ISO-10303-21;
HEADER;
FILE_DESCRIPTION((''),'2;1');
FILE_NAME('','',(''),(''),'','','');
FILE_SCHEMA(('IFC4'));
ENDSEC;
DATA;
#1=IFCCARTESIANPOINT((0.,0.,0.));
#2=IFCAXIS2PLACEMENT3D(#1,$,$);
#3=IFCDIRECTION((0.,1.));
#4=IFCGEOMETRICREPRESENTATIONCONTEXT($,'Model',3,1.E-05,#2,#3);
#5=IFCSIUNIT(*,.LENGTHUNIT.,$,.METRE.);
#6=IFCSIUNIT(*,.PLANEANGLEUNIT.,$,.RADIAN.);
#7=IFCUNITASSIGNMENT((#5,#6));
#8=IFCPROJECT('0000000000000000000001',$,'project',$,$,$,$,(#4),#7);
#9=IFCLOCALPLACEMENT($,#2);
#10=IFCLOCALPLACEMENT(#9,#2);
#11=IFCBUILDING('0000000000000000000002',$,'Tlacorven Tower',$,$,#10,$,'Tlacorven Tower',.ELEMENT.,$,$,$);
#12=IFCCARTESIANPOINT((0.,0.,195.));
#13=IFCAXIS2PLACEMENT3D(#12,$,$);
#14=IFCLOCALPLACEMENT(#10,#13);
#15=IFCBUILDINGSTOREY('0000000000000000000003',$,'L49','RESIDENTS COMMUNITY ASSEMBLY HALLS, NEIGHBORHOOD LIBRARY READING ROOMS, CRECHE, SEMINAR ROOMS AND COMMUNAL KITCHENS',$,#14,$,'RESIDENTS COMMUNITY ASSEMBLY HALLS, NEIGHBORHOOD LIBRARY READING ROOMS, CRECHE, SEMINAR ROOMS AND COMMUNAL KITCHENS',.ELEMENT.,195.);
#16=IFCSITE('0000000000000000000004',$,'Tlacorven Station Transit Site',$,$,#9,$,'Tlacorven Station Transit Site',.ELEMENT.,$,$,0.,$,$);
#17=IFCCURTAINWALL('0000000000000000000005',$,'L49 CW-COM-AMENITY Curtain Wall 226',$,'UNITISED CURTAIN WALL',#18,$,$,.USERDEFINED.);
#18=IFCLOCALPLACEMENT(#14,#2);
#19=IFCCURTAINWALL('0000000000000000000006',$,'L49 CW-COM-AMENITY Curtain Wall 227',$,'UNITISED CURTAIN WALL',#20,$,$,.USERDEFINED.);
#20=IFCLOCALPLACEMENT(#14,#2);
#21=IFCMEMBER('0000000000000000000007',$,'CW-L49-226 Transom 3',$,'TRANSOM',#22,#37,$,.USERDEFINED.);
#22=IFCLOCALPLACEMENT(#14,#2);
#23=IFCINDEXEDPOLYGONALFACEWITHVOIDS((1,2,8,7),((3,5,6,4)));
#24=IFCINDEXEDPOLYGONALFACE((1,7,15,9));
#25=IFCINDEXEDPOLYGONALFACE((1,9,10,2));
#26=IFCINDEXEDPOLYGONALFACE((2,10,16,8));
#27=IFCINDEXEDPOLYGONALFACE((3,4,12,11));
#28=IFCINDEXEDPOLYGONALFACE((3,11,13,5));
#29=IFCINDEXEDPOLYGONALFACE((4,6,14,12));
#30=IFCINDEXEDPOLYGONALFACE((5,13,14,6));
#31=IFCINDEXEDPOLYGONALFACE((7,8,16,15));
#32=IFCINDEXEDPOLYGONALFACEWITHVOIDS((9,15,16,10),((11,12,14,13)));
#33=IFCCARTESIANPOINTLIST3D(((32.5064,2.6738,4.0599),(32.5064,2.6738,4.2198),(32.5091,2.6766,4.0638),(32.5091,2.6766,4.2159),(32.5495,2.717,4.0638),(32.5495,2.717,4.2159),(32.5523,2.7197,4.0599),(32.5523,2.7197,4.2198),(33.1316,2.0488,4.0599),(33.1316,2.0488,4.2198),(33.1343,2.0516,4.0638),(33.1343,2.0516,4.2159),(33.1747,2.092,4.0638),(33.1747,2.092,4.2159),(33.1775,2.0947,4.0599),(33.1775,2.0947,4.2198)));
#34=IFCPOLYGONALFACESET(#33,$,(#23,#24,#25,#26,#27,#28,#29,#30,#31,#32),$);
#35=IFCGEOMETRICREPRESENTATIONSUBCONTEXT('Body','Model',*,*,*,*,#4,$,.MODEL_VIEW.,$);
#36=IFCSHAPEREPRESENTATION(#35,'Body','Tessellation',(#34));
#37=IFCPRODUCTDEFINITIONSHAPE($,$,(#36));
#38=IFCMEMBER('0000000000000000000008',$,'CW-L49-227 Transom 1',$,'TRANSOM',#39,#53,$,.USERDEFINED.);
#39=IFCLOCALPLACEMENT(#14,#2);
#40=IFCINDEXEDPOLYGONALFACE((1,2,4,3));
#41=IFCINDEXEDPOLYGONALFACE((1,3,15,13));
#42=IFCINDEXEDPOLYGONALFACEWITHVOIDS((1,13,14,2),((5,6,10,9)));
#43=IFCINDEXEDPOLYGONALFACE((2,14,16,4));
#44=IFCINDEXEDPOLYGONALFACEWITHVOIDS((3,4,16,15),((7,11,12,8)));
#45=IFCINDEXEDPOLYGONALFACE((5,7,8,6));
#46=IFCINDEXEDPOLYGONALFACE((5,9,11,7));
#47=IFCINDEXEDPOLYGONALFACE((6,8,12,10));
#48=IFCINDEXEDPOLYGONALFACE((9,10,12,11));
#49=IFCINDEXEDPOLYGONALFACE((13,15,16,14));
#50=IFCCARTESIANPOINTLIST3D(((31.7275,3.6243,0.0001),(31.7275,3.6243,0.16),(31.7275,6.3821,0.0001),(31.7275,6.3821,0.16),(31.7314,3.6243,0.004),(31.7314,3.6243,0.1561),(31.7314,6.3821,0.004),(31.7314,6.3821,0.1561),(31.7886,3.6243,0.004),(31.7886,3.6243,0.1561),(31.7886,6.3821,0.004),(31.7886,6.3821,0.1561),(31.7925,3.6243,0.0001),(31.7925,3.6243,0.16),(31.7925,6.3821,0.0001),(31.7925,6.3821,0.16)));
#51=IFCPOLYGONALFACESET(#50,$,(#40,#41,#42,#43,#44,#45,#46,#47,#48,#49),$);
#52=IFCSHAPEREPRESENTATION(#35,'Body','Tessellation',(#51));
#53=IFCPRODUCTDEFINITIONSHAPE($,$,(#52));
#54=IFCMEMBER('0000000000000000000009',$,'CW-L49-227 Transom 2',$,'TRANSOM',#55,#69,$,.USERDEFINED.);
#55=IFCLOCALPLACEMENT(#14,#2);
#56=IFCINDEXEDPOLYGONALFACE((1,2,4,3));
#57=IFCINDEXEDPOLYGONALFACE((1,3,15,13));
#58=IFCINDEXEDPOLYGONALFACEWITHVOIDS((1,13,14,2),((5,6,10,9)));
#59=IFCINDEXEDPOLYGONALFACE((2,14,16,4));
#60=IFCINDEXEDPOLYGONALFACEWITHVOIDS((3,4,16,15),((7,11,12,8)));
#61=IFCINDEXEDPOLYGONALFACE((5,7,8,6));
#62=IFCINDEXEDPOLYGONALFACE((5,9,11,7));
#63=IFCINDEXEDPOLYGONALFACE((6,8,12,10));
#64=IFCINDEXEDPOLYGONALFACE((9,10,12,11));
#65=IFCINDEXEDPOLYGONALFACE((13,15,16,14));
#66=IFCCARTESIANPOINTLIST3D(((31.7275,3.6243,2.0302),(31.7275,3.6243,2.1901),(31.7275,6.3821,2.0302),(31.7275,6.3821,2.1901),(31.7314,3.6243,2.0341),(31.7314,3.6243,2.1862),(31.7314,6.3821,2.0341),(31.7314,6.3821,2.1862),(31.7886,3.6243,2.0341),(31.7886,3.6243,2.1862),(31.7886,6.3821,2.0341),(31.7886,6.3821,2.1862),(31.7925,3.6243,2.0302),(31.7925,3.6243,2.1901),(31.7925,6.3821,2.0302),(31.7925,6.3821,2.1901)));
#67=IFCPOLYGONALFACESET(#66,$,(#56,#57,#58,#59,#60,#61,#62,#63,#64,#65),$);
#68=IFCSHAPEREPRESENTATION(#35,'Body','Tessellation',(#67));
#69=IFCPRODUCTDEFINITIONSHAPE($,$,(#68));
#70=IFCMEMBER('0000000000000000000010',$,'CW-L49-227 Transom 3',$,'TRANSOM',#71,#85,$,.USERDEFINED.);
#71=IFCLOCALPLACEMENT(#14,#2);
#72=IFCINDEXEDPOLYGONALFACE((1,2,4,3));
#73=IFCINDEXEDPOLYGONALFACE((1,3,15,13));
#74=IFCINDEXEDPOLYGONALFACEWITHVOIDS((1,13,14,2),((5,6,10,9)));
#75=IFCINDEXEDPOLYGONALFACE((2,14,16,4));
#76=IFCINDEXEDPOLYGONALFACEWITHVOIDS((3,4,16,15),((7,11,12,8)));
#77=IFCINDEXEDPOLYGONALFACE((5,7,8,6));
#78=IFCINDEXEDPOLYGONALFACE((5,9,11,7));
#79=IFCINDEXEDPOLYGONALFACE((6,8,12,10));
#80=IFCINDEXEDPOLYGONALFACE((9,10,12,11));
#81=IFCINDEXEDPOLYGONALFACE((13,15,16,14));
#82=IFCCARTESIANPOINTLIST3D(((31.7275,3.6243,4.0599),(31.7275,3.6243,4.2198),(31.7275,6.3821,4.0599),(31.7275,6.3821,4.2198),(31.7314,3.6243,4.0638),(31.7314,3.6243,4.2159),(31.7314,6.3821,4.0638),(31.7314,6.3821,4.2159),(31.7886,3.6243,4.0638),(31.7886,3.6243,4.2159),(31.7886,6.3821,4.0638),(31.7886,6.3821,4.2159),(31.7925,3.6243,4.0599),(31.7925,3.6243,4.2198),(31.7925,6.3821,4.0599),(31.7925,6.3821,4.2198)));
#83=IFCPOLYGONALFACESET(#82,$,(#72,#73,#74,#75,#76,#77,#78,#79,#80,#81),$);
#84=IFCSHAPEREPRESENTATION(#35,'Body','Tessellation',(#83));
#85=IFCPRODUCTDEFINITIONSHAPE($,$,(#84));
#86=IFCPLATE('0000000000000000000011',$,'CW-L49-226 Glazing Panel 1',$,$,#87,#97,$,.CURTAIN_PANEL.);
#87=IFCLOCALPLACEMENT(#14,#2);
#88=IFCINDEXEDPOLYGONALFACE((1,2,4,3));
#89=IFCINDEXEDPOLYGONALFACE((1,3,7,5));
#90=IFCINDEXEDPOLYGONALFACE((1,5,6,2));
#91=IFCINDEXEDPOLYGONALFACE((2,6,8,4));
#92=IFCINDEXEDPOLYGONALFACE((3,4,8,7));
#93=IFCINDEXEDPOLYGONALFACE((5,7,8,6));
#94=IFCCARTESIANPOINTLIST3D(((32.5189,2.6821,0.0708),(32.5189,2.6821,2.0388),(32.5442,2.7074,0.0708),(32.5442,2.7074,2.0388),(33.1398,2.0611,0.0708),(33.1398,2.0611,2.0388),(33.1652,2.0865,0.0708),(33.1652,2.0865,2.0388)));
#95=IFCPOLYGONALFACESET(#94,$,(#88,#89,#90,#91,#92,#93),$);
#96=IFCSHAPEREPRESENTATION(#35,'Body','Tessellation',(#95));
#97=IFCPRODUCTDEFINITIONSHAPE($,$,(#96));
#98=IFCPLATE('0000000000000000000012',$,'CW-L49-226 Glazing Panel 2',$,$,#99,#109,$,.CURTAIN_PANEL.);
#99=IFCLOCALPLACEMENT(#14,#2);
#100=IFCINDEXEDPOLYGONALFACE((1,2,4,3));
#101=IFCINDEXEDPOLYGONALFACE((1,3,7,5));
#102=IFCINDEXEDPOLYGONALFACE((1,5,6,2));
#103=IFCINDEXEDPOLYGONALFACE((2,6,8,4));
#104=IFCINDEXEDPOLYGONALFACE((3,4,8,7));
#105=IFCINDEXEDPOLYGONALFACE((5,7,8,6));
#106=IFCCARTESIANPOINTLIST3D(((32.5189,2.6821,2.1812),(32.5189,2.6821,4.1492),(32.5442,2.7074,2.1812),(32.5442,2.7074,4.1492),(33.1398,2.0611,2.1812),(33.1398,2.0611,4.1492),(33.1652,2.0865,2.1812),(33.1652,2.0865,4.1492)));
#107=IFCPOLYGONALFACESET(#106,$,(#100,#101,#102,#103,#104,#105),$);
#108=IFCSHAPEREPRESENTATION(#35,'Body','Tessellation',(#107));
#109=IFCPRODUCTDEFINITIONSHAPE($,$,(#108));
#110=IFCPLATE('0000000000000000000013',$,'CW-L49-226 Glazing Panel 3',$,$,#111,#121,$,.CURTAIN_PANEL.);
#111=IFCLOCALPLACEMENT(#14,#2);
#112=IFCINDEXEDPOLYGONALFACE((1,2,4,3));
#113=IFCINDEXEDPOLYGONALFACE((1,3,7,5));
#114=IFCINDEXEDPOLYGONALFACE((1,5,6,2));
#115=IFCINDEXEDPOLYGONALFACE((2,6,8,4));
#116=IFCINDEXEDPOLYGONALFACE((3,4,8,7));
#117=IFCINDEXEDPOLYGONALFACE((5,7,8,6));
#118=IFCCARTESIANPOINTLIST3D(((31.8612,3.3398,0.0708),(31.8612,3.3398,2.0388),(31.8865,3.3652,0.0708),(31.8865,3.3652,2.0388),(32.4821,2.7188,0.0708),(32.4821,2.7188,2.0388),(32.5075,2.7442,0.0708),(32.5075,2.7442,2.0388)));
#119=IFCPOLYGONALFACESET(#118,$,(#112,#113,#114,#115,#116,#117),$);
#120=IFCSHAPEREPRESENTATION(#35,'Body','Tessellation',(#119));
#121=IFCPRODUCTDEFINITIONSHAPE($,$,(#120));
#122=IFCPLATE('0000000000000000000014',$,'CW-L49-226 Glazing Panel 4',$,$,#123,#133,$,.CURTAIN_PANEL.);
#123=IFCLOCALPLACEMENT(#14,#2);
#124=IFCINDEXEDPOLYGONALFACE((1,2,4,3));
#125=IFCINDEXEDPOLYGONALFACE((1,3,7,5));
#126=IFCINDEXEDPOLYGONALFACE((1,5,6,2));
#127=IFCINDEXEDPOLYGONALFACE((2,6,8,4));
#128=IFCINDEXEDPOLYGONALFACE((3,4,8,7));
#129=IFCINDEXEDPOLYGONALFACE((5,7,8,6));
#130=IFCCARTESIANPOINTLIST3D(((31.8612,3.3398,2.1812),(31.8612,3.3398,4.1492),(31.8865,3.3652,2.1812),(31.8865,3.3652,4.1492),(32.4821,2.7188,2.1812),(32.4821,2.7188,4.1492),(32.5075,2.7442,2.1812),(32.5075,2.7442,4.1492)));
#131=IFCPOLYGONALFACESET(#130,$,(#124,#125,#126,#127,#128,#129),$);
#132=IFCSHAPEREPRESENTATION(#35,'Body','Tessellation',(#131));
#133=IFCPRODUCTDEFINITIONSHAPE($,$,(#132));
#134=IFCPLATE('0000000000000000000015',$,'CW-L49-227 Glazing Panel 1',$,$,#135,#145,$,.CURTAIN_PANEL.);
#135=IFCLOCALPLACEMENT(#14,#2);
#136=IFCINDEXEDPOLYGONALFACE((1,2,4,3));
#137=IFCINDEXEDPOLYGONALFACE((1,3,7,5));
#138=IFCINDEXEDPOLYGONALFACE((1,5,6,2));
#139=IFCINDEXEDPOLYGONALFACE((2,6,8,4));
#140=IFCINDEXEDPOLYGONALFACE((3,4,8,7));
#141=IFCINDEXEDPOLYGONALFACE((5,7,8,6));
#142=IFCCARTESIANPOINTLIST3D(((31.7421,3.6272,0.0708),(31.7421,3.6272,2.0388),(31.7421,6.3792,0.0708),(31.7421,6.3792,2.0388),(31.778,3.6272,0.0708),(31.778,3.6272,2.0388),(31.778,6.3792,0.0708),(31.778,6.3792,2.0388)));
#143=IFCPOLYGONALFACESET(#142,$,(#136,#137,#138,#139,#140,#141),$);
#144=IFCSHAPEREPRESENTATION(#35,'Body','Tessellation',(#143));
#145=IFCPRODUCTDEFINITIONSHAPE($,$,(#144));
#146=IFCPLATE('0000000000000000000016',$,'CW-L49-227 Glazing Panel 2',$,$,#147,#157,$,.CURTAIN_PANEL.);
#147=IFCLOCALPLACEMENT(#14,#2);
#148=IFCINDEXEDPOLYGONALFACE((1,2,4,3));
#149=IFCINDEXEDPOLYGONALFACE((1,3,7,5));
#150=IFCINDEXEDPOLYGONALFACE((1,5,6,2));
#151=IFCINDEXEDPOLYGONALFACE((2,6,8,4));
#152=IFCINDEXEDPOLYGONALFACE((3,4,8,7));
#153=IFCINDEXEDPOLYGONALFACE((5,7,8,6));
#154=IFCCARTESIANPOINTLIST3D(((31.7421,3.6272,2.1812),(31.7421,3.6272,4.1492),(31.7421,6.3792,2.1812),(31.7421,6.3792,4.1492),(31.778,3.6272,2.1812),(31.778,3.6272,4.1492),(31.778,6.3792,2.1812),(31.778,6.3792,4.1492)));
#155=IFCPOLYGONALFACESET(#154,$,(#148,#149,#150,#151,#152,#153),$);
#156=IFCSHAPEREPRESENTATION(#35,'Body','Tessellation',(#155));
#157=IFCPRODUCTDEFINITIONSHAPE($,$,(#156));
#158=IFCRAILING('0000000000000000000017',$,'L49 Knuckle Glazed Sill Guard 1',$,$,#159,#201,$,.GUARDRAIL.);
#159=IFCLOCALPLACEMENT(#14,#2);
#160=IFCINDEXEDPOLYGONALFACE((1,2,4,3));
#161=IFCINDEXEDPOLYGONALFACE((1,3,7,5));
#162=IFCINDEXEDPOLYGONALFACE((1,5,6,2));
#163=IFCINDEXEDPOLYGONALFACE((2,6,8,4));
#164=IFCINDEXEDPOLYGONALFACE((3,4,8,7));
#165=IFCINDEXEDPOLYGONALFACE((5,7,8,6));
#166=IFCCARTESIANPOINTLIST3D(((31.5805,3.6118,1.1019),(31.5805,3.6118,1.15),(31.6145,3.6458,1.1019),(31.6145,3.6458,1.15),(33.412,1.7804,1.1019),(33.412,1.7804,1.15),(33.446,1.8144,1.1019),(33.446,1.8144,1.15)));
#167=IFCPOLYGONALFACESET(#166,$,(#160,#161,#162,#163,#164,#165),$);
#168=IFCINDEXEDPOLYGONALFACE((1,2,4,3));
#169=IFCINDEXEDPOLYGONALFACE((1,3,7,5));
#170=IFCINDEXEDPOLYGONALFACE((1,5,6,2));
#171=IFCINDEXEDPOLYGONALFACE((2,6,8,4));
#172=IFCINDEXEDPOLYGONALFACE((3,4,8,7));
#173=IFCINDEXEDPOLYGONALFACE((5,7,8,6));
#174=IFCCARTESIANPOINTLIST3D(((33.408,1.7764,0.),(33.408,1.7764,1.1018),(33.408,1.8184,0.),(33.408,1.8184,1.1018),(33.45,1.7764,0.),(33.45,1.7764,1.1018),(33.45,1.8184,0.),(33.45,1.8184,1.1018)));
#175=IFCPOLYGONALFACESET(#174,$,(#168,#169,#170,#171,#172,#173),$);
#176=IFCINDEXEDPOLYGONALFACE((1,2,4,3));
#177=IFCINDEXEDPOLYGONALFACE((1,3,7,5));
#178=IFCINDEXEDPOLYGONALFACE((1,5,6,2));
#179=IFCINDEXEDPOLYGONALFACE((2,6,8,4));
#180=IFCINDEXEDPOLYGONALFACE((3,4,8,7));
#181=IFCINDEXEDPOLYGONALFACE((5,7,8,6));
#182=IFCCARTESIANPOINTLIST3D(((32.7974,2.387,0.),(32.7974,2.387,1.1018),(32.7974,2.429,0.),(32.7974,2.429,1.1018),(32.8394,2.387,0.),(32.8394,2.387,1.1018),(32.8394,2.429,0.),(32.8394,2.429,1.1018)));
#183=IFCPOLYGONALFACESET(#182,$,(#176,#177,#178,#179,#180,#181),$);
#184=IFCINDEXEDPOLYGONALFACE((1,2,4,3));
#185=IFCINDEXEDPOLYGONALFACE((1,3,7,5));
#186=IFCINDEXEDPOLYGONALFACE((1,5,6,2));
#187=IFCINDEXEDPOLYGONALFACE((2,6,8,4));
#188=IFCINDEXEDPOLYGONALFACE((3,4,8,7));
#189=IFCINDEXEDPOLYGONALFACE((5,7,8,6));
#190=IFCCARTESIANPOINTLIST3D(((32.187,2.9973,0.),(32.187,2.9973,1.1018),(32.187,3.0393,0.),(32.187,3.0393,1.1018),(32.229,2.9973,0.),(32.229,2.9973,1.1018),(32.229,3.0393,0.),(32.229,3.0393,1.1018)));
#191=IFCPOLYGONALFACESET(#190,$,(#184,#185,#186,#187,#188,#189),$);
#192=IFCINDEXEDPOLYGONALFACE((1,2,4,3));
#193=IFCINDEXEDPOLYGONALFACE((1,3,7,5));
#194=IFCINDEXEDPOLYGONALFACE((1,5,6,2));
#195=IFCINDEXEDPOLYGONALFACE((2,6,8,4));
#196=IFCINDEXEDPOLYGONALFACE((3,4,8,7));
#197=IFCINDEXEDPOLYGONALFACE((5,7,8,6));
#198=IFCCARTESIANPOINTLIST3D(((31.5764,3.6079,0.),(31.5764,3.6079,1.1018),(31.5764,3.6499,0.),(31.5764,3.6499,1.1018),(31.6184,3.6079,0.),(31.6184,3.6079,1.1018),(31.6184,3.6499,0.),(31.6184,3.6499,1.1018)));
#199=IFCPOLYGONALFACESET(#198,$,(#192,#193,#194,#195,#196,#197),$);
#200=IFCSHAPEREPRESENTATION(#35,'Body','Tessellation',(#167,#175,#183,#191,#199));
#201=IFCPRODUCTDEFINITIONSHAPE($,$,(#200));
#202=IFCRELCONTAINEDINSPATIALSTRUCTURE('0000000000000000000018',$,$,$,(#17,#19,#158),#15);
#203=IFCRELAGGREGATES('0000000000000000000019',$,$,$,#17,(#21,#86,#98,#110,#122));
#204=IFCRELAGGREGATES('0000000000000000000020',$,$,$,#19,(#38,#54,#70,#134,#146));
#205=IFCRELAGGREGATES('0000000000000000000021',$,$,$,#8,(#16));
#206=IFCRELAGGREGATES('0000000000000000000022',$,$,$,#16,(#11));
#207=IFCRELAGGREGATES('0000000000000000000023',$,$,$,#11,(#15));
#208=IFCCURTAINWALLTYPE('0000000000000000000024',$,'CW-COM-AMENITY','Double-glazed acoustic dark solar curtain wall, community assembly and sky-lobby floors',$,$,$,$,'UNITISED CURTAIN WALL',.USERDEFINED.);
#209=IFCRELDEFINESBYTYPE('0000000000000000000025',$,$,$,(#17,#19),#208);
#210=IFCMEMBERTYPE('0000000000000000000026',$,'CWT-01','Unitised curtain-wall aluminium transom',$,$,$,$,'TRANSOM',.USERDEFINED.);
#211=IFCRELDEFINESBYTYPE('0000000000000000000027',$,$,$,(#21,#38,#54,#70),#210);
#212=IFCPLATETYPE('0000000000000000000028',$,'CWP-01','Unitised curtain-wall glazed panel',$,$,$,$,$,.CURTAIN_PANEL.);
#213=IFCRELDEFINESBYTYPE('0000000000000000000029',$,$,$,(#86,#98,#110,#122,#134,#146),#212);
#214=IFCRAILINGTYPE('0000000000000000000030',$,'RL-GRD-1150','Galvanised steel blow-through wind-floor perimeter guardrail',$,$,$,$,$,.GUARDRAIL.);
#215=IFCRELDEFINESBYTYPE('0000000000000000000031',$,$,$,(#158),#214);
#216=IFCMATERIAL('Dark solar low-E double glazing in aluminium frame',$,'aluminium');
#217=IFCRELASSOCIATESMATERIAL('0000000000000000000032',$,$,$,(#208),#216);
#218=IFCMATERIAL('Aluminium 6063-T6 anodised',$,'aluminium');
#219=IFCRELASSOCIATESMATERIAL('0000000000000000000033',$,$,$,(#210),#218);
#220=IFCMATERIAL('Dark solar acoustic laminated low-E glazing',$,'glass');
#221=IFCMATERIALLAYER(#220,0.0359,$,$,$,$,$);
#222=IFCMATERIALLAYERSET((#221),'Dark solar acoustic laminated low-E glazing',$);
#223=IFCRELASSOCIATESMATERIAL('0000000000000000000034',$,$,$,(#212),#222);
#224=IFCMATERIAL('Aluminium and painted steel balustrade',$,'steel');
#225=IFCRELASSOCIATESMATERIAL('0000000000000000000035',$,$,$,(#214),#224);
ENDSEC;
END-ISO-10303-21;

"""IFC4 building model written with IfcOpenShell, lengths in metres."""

from ifc_helpers import new_model, si_unit, direction, frame, origin, origin_2d, place, context, subcontext, project, spatial, rectangle, hollow_rectangle, extrude, source, transform, mapped, material, layer, layer_set, material_profile, profile_set, type_object, element, aggregate, save


model = new_model("IFC4")

# Units and contexts
model_context = context("Model", 3, precision=1e-05, world=origin(), true_north=direction((0.0, 1.0)))
body_context = subcontext(model_context, "Body", "Model", "MODEL_VIEW")
ifc_project = project(units=[si_unit("LENGTHUNIT", "METRE"), si_unit("PLANEANGLEUNIT", "RADIAN")], contexts=[model_context])

# Site, building, storey
site_placement = place(None, origin())
site = spatial("IfcSite", under=ifc_project, at=site_placement, Name="Tlacorven Station Transit Site", LongName="Tlacorven Station Transit Site", CompositionType="ELEMENT", RefElevation=0.0)
building_placement = place(site_placement, origin())
building = spatial("IfcBuilding", under=site, at=building_placement, Name="Tlacorven Tower", LongName="Tlacorven Tower", CompositionType="ELEMENT")
storey_placement = place(building_placement, frame((0.0, 0.0, 195.0)))
storey = spatial("IfcBuildingStorey", under=building, at=storey_placement, Name="L49", Description="RESIDENTS COMMUNITY ASSEMBLY HALLS, NEIGHBORHOOD LIBRARY READING ROOMS, CRECHE, SEMINAR ROOMS AND COMMUNAL KITCHENS", LongName="RESIDENTS COMMUNITY ASSEMBLY HALLS, NEIGHBORHOOD LIBRARY READING ROOMS, CRECHE, SEMINAR ROOMS AND COMMUNAL KITCHENS", CompositionType="ELEMENT", Elevation=195.0)

# Shared definitions
ifc_material_1 = material(Name="Dark solar low-E double glazing in aluminium frame", Category="aluminium")
curtain_wall_type = type_object("IfcCurtainWallType", Name="CW-COM-AMENITY", Description="Double-glazed acoustic dark solar curtain wall, community assembly and sky-lobby floors", ElementType="UNITISED CURTAIN WALL", PredefinedType="USERDEFINED", material=ifc_material_1)
ifc_material_2 = material(Name="Aluminium 6063-T6 anodised", Category="aluminium")

# Curtain walls
curtain_wall_1_placement = place(storey_placement, origin())
curtain_wall_1 = element("IfcCurtainWall", 1, at=curtain_wall_1_placement, inside=storey, type_object=curtain_wall_type, Name="L49 CW-COM-AMENITY Curtain Wall 226", ObjectType="UNITISED CURTAIN WALL", PredefinedType="USERDEFINED")
curtain_wall_2_placement = place(storey_placement, origin())
curtain_wall_2 = element("IfcCurtainWall", 2, at=curtain_wall_2_placement, inside=storey, type_object=curtain_wall_type, Name="L49 CW-COM-AMENITY Curtain Wall 227", ObjectType="UNITISED CURTAIN WALL", PredefinedType="USERDEFINED")

# Members
ifc_material_profile_1 = material_profile(ifc_material_2, hollow_rectangle(XDim=0.0649, YDim=0.1599, WallThickness=0.0039, at=origin_2d()), Name="ALU TRANSOM 65X160")
ifc_profile_set_1 = profile_set([ifc_material_profile_1], Name="Aluminium 6063-T6 anodised")
member_type_1 = type_object("IfcMemberType", Name="CWT-01", Description="Unitised curtain-wall aluminium transom", ElementType="TRANSOM", PredefinedType="USERDEFINED", material=ifc_profile_set_1)
shared_shape_1 = source(origin(), body_context, "Body", "SweptSolid", [
    extrude(hollow_rectangle(XDim=0.0649, YDim=0.1599, WallThickness=0.0039, at=origin_2d()), origin(), (0.0, 0.0, 1.0), 0.884),
])
member_1_placement = place(storey_placement, frame((33.1545, 2.0718, 4.1399), z_axis=(-0.707245, 0.706969, 0.0), x_axis=(-0.706969, -0.707245, 0.0)))
member_1 = element("IfcMember", 3, at=member_1_placement, type_object=member_type_1, Name="CW-L49-226 Transom 3", ObjectType="TRANSOM", PredefinedType="USERDEFINED", context=body_context, shape_type="MappedRepresentation", body=[
    mapped(shared_shape_1, transform((0.0, 0.0, 0.0), scale=1.0)),
])
shared_shape_2 = source(origin(), body_context, "Body", "SweptSolid", [
    extrude(hollow_rectangle(XDim=0.0649, YDim=0.1599, WallThickness=0.0039, at=origin_2d()), origin(), (0.0, 0.0, 1.0), 2.7578),
])
member_2_placement = place(storey_placement, frame((31.76, 3.6243, 0.0801), z_axis=(0.0, 1.0, 0.0), x_axis=(-1.0, 0.0, 0.0)))
member_2 = element("IfcMember", 4, at=member_2_placement, type_object=member_type_1, Name="CW-L49-227 Transom 1", ObjectType="TRANSOM", PredefinedType="USERDEFINED", context=body_context, shape_type="MappedRepresentation", body=[
    mapped(shared_shape_2, transform((0.0, 0.0, 0.0), scale=1.0)),
])
member_3_placement = place(storey_placement, frame((31.76, 3.6243, 2.1101), z_axis=(0.0, 1.0, 0.0), x_axis=(-1.0, 0.0, 0.0)))
member_3 = element("IfcMember", 5, at=member_3_placement, type_object=member_type_1, Name="CW-L49-227 Transom 2", ObjectType="TRANSOM", PredefinedType="USERDEFINED", context=body_context, shape_type="MappedRepresentation", body=[
    mapped(shared_shape_2, transform((0.0, 0.0, 0.0), scale=1.0)),
])
member_4_placement = place(storey_placement, frame((31.76, 3.6243, 4.1399), z_axis=(0.0, 1.0, 0.0), x_axis=(-1.0, 0.0, 0.0)))
member_4 = element("IfcMember", 6, at=member_4_placement, type_object=member_type_1, Name="CW-L49-227 Transom 3", ObjectType="TRANSOM", PredefinedType="USERDEFINED", context=body_context, shape_type="MappedRepresentation", body=[
    mapped(shared_shape_2, transform((0.0, 0.0, 0.0), scale=1.0)),
])

# Plates
ifc_material_3 = material(Name="Dark solar acoustic laminated low-E glazing", Category="glass")
ifc_layer = layer(ifc_material_3, 0.0359)
ifc_layer_set = layer_set([ifc_layer], Name="Dark solar acoustic laminated low-E glazing")
plate_type = type_object("IfcPlateType", Name="CWP-01", Description="Unitised curtain-wall glazed panel", PredefinedType="CURTAIN_PANEL", material=ifc_layer_set)
shared_shape_3 = source(origin(), body_context, "Body", "SweptSolid", [
    extrude(rectangle(XDim=0.8782, YDim=0.0359, at=origin_2d()), origin(), (0.0, 0.0, 1.0), 1.968),
])
plate_1_placement = place(storey_placement, frame((32.842, 2.3843, 0.0708), z_axis=(0.0, 0.0, 1.0), x_axis=(-0.707107, 0.707107, 0.0)))
plate_1 = element("IfcPlate", 7, at=plate_1_placement, type_object=plate_type, Name="CW-L49-226 Glazing Panel 1", PredefinedType="CURTAIN_PANEL", context=body_context, shape_type="MappedRepresentation", body=[
    mapped(shared_shape_3, transform((0.0, 0.0, 0.0), scale=1.0)),
])
plate_2_placement = place(storey_placement, frame((32.842, 2.3843, 2.1812), z_axis=(0.0, 0.0, 1.0), x_axis=(-0.707107, 0.707107, 0.0)))
plate_2 = element("IfcPlate", 8, at=plate_2_placement, type_object=plate_type, Name="CW-L49-226 Glazing Panel 2", PredefinedType="CURTAIN_PANEL", context=body_context, shape_type="MappedRepresentation", body=[
    mapped(shared_shape_3, transform((0.0, 0.0, 0.0), scale=1.0)),
])
plate_3_placement = place(storey_placement, frame((32.1843, 3.042, 0.0708), z_axis=(0.0, 0.0, 1.0), x_axis=(-0.707107, 0.707107, 0.0)))
plate_3 = element("IfcPlate", 9, at=plate_3_placement, type_object=plate_type, Name="CW-L49-226 Glazing Panel 3", PredefinedType="CURTAIN_PANEL", context=body_context, shape_type="MappedRepresentation", body=[
    mapped(shared_shape_3, transform((0.0, 0.0, 0.0), scale=1.0)),
])
plate_4_placement = place(storey_placement, frame((32.1843, 3.042, 2.1812), z_axis=(0.0, 0.0, 1.0), x_axis=(-0.707107, 0.707107, 0.0)))
plate_4 = element("IfcPlate", 10, at=plate_4_placement, type_object=plate_type, Name="CW-L49-226 Glazing Panel 4", PredefinedType="CURTAIN_PANEL", context=body_context, shape_type="MappedRepresentation", body=[
    mapped(shared_shape_3, transform((0.0, 0.0, 0.0), scale=1.0)),
])
aggregate(curtain_wall_1, [member_1, plate_1, plate_2, plate_3, plate_4])
shared_shape_4 = source(origin(), body_context, "Body", "SweptSolid", [
    extrude(rectangle(XDim=2.752, YDim=0.0359, at=origin_2d()), origin(), (0.0, 0.0, 1.0), 1.968),
])
plate_5_placement = place(storey_placement, frame((31.76, 5.0032, 0.0708), z_axis=(0.0, 0.0, 1.0), x_axis=(0.0, 1.0, 0.0)))
plate_5 = element("IfcPlate", 11, at=plate_5_placement, type_object=plate_type, Name="CW-L49-227 Glazing Panel 1", PredefinedType="CURTAIN_PANEL", context=body_context, shape_type="MappedRepresentation", body=[
    mapped(shared_shape_4, transform((0.0, 0.0, 0.0), scale=1.0)),
])
plate_6_placement = place(storey_placement, frame((31.76, 5.0032, 2.1812), z_axis=(0.0, 0.0, 1.0), x_axis=(0.0, 1.0, 0.0)))
plate_6 = element("IfcPlate", 12, at=plate_6_placement, type_object=plate_type, Name="CW-L49-227 Glazing Panel 2", PredefinedType="CURTAIN_PANEL", context=body_context, shape_type="MappedRepresentation", body=[
    mapped(shared_shape_4, transform((0.0, 0.0, 0.0), scale=1.0)),
])
aggregate(curtain_wall_2, [member_2, member_3, member_4, plate_5, plate_6])

# Railing
ifc_material_4 = material(Name="Aluminium and painted steel balustrade", Category="steel")
railing_type = type_object("IfcRailingType", Name="RL-GRD-1150", Description="Galvanised steel blow-through wind-floor perimeter guardrail", PredefinedType="GUARDRAIL", material=ifc_material_4)
shared_shape_5 = source(origin(), body_context, "Body", "SweptSolid", [
    extrude(rectangle(XDim=0.0481, YDim=0.0481, at=origin_2d()), frame((0.0, 0.0, 1.126), z_axis=(-0.707107, 0.707107, 0.0), x_axis=(-0.707107, -0.707107, 0.0)), (0.0, 0.0, 1.0), 2.5901),
    extrude(rectangle(XDim=0.042, YDim=0.042, at=origin_2d()), origin(), (0.0, 0.0, 1.0), 1.1018),
    extrude(rectangle(XDim=0.042, YDim=0.042, at=origin_2d()), frame((-0.6106, 0.6106, 0.0)), (0.0, 0.0, 1.0), 1.1018),
    extrude(rectangle(XDim=0.042, YDim=0.042, at=origin_2d()), frame((-1.2209, 1.2209, 0.0)), (0.0, 0.0, 1.0), 1.1018),
    extrude(rectangle(XDim=0.042, YDim=0.042, at=origin_2d()), frame((-1.8315, 1.8315, 0.0)), (0.0, 0.0, 1.0), 1.1018),
])
railing_placement = place(storey_placement, frame((33.429, 1.7974, 0.0)))
element("IfcRailing", 13, at=railing_placement, inside=storey, type_object=railing_type, Name="L49 Knuckle Glazed Sill Guard 1", PredefinedType="GUARDRAIL", context=body_context, shape_type="MappedRepresentation", body=[
    mapped(shared_shape_5, transform((0.0, 0.0, 0.0), scale=1.0)),
])

save(model, "model.ifc")
